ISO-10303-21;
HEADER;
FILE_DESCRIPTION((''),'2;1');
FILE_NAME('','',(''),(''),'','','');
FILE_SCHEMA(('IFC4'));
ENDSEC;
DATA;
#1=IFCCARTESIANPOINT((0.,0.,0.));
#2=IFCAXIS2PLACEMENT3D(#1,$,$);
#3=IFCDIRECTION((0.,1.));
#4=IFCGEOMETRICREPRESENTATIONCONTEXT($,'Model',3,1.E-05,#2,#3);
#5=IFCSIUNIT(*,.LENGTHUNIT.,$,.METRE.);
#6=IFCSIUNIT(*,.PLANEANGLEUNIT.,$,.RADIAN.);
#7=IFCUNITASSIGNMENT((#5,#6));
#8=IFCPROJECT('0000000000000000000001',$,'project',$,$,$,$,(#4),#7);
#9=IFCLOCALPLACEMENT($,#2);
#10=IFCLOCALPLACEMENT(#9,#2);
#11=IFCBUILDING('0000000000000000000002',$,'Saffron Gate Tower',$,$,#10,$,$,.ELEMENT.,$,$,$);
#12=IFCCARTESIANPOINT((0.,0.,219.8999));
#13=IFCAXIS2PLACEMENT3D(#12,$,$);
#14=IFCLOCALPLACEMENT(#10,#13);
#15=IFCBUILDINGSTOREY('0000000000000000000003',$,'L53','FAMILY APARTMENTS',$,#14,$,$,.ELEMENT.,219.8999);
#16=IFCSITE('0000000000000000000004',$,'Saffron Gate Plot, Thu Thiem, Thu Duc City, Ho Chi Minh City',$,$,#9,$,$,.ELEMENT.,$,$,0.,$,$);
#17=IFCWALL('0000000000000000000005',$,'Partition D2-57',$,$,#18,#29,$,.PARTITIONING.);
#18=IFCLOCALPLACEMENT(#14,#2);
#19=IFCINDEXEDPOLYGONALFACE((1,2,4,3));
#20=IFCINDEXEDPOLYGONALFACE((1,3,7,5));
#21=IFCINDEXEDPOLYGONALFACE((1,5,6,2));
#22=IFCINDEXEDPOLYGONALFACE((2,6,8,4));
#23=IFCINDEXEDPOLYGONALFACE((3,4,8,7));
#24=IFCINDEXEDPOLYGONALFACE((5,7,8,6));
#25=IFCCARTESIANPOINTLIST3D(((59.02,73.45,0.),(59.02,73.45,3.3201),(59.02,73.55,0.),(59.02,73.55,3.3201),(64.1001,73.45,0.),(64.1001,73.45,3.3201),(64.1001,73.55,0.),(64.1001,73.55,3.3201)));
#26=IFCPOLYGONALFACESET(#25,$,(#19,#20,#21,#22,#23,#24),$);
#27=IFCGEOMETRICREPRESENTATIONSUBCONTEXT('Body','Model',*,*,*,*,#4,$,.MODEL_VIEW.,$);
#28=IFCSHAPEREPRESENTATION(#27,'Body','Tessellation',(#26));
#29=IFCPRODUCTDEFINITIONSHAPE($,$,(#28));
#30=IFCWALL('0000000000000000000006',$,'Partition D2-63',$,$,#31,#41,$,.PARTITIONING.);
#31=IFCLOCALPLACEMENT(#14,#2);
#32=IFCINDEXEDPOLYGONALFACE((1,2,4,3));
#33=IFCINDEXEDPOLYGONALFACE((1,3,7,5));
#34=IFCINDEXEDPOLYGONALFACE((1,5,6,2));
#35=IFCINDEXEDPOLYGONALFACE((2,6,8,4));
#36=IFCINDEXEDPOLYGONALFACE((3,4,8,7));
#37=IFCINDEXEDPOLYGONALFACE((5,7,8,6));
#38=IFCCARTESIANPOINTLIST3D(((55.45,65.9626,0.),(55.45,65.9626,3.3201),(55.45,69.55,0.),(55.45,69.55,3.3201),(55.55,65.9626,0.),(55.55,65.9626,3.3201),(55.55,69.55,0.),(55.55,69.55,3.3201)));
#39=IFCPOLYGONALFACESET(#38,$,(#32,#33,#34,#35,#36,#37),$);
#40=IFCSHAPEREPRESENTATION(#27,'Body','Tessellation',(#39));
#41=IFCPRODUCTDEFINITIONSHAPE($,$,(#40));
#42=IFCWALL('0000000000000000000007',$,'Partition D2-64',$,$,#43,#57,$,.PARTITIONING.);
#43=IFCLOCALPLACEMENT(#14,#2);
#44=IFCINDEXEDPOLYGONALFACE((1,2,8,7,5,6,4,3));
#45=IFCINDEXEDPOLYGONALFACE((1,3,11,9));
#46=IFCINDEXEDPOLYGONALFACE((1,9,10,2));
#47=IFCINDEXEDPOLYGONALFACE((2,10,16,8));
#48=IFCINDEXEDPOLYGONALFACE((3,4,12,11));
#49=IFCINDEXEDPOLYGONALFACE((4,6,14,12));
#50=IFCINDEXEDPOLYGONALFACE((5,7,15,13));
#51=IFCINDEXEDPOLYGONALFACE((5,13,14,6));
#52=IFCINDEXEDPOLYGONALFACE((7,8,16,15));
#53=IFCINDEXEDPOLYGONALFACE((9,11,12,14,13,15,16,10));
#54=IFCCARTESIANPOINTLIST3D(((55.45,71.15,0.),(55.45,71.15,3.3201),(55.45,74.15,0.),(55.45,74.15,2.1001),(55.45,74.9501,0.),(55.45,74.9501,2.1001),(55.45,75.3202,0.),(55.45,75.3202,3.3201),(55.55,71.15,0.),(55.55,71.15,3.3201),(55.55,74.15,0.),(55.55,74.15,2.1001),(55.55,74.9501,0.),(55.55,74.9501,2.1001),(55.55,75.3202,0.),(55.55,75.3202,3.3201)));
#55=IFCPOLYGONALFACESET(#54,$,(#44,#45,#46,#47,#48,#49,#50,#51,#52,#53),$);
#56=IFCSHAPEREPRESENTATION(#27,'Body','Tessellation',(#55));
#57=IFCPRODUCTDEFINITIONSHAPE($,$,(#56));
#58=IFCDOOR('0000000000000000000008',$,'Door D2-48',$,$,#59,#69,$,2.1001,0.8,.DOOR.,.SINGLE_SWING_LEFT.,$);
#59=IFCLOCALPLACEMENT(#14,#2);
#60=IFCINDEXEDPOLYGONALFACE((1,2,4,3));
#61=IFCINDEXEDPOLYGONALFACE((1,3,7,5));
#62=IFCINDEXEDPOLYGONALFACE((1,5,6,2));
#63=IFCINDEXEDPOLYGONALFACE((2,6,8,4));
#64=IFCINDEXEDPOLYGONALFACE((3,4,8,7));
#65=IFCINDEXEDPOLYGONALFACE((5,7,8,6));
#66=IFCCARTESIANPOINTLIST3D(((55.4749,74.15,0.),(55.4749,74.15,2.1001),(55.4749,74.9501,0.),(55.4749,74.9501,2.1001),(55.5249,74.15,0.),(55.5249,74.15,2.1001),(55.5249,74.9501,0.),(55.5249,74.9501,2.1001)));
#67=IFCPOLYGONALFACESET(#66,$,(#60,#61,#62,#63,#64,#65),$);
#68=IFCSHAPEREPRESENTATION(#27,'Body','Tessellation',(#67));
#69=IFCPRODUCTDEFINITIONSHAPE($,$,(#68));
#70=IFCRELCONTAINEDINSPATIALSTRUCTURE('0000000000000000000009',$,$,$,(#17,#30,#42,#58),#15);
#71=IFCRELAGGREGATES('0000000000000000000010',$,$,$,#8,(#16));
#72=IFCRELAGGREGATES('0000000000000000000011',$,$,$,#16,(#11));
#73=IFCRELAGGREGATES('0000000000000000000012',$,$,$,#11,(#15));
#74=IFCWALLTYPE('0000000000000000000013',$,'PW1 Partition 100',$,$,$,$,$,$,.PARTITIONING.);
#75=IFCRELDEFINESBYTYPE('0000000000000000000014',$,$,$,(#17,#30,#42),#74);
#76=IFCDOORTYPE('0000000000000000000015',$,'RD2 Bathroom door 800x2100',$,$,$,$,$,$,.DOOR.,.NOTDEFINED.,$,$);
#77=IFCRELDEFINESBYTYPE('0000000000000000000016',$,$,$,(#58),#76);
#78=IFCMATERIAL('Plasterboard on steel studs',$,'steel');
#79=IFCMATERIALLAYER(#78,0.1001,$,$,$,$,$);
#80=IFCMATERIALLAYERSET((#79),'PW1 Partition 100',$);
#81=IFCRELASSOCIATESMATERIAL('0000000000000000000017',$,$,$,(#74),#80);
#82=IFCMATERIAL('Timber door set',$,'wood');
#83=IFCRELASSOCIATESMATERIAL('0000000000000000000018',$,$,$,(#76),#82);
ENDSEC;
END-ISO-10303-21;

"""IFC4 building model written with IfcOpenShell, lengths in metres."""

from ifc_helpers import new_model, si_unit, direction, frame, frame_2d, origin, place, context, subcontext, project, spatial, rectangle, extrude, material, layer, layer_set, type_object, element, fill, save


model = new_model("IFC4")

# Units and contexts
model_context = context("Model", 3, precision=1e-05, world=origin(), true_north=direction((0.0, 1.0)))
body_context = subcontext(model_context, "Body", "Model", "MODEL_VIEW")
ifc_project = project(units=[si_unit("LENGTHUNIT", "METRE"), si_unit("PLANEANGLEUNIT", "RADIAN")], contexts=[model_context])

# Site, building, storey
site_placement = place(None, origin())
site = spatial("IfcSite", under=ifc_project, at=site_placement, Name="Saffron Gate Plot, Thu Thiem, Thu Duc City, Ho Chi Minh City", CompositionType="ELEMENT", RefElevation=0.0)
building_placement = place(site_placement, origin())
building = spatial("IfcBuilding", under=site, at=building_placement, Name="Saffron Gate Tower", CompositionType="ELEMENT")
storey_placement = place(building_placement, frame((0.0, 0.0, 219.8999)))
storey = spatial("IfcBuildingStorey", under=building, at=storey_placement, Name="L53", Description="FAMILY APARTMENTS", CompositionType="ELEMENT", Elevation=219.8999)

# Shared definitions
ifc_material_1 = material(Name="Plasterboard on steel studs", Category="steel")
ifc_layer_1 = layer(ifc_material_1, 0.1001)
ifc_layer_set_1 = layer_set([ifc_layer_1], Name="PW1 Partition 100")
wall_type_1 = type_object("IfcWallType", Name="PW1 Partition 100", PredefinedType="PARTITIONING", material=ifc_layer_set_1)
ifc_material_2 = material(Name="Timber door set", Category="wood")

# Walls
wall_1_placement = place(storey_placement, frame((59.02, 73.5, 0.0), z_axis=(0.0, 0.0, 1.0), x_axis=(1.0, 0.0, 0.0)))
element("IfcWall", 1, at=wall_1_placement, inside=storey, type_object=wall_type_1, Name="Partition D2-57", PredefinedType="PARTITIONING", context=body_context, shape_type="SweptSolid", body=[
    extrude(rectangle(XDim=5.0801, YDim=0.1001, at=frame_2d((2.54, 0.0))), origin(), (0.0, 0.0, 1.0), 3.3201),
])
wall_2_placement = place(storey_placement, frame((55.5, 69.55, 0.0), z_axis=(0.0, 0.0, 1.0), x_axis=(0.0, -1.0, 0.0)))
element("IfcWall", 2, at=wall_2_placement, inside=storey, type_object=wall_type_1, Name="Partition D2-63", PredefinedType="PARTITIONING", context=body_context, shape_type="SweptSolid", body=[
    extrude(rectangle(XDim=3.5874, YDim=0.1001, at=frame_2d((1.7937, 0.0))), origin(), (0.0, 0.0, 1.0), 3.3201),
])

# Wall, opening, door
wall_3_placement = place(storey_placement, frame((55.5, 75.3201, 0.0), z_axis=(0.0, 0.0, 1.0), x_axis=(0.0, -1.0, 0.0)))
wall_3 = element("IfcWall", 3, at=wall_3_placement, inside=storey, type_object=wall_type_1, Name="Partition D2-64", PredefinedType="PARTITIONING", context=body_context, shape_type="SweptSolid", body=[
    extrude(rectangle(XDim=4.1702, YDim=0.1001, at=frame_2d((2.085, 0.0))), origin(), (0.0, 0.0, 1.0), 3.3201),
])
opening_1_placement = place(wall_3_placement, frame((0.3701, 0.0, 0.0)))
opening_1 = element("IfcOpeningElement", 4, at=opening_1_placement, cuts=wall_3, PredefinedType="OPENING", context=body_context, shape_type="SweptSolid", body=[
    extrude(rectangle(XDim=0.8, YDim=2.1001, at=frame_2d((0.3999, 1.05))), frame((0.0, 0.0601, 0.0), z_axis=(0.0, -1.0, 0.0), x_axis=(1.0, 0.0, 0.0)), (0.0, 0.0, 1.0), 0.1201),
])
door_type_1 = type_object("IfcDoorType", Name="RD2 Bathroom door 800x2100", OperationType="NOTDEFINED", PredefinedType="DOOR", material=ifc_material_2)
door_1_placement = place(opening_1_placement, origin())
door_1 = element("IfcDoor", 5, at=door_1_placement, inside=storey, type_object=door_type_1, Name="Door D2-48", OperationType="SINGLE_SWING_LEFT", OverallHeight=2.1001, OverallWidth=0.8, PredefinedType="DOOR", context=body_context, shape_type="SweptSolid", body=[
    extrude(rectangle(XDim=0.8, YDim=2.1001, at=frame_2d((0.3999, 1.05))), frame((0.0, 0.0249, 0.0), z_axis=(0.0, -1.0, 0.0), x_axis=(1.0, 0.0, 0.0)), (0.0, 0.0, 1.0), 0.05),
])
fill(opening_1, door_1)

save(model, "model.ifc")
